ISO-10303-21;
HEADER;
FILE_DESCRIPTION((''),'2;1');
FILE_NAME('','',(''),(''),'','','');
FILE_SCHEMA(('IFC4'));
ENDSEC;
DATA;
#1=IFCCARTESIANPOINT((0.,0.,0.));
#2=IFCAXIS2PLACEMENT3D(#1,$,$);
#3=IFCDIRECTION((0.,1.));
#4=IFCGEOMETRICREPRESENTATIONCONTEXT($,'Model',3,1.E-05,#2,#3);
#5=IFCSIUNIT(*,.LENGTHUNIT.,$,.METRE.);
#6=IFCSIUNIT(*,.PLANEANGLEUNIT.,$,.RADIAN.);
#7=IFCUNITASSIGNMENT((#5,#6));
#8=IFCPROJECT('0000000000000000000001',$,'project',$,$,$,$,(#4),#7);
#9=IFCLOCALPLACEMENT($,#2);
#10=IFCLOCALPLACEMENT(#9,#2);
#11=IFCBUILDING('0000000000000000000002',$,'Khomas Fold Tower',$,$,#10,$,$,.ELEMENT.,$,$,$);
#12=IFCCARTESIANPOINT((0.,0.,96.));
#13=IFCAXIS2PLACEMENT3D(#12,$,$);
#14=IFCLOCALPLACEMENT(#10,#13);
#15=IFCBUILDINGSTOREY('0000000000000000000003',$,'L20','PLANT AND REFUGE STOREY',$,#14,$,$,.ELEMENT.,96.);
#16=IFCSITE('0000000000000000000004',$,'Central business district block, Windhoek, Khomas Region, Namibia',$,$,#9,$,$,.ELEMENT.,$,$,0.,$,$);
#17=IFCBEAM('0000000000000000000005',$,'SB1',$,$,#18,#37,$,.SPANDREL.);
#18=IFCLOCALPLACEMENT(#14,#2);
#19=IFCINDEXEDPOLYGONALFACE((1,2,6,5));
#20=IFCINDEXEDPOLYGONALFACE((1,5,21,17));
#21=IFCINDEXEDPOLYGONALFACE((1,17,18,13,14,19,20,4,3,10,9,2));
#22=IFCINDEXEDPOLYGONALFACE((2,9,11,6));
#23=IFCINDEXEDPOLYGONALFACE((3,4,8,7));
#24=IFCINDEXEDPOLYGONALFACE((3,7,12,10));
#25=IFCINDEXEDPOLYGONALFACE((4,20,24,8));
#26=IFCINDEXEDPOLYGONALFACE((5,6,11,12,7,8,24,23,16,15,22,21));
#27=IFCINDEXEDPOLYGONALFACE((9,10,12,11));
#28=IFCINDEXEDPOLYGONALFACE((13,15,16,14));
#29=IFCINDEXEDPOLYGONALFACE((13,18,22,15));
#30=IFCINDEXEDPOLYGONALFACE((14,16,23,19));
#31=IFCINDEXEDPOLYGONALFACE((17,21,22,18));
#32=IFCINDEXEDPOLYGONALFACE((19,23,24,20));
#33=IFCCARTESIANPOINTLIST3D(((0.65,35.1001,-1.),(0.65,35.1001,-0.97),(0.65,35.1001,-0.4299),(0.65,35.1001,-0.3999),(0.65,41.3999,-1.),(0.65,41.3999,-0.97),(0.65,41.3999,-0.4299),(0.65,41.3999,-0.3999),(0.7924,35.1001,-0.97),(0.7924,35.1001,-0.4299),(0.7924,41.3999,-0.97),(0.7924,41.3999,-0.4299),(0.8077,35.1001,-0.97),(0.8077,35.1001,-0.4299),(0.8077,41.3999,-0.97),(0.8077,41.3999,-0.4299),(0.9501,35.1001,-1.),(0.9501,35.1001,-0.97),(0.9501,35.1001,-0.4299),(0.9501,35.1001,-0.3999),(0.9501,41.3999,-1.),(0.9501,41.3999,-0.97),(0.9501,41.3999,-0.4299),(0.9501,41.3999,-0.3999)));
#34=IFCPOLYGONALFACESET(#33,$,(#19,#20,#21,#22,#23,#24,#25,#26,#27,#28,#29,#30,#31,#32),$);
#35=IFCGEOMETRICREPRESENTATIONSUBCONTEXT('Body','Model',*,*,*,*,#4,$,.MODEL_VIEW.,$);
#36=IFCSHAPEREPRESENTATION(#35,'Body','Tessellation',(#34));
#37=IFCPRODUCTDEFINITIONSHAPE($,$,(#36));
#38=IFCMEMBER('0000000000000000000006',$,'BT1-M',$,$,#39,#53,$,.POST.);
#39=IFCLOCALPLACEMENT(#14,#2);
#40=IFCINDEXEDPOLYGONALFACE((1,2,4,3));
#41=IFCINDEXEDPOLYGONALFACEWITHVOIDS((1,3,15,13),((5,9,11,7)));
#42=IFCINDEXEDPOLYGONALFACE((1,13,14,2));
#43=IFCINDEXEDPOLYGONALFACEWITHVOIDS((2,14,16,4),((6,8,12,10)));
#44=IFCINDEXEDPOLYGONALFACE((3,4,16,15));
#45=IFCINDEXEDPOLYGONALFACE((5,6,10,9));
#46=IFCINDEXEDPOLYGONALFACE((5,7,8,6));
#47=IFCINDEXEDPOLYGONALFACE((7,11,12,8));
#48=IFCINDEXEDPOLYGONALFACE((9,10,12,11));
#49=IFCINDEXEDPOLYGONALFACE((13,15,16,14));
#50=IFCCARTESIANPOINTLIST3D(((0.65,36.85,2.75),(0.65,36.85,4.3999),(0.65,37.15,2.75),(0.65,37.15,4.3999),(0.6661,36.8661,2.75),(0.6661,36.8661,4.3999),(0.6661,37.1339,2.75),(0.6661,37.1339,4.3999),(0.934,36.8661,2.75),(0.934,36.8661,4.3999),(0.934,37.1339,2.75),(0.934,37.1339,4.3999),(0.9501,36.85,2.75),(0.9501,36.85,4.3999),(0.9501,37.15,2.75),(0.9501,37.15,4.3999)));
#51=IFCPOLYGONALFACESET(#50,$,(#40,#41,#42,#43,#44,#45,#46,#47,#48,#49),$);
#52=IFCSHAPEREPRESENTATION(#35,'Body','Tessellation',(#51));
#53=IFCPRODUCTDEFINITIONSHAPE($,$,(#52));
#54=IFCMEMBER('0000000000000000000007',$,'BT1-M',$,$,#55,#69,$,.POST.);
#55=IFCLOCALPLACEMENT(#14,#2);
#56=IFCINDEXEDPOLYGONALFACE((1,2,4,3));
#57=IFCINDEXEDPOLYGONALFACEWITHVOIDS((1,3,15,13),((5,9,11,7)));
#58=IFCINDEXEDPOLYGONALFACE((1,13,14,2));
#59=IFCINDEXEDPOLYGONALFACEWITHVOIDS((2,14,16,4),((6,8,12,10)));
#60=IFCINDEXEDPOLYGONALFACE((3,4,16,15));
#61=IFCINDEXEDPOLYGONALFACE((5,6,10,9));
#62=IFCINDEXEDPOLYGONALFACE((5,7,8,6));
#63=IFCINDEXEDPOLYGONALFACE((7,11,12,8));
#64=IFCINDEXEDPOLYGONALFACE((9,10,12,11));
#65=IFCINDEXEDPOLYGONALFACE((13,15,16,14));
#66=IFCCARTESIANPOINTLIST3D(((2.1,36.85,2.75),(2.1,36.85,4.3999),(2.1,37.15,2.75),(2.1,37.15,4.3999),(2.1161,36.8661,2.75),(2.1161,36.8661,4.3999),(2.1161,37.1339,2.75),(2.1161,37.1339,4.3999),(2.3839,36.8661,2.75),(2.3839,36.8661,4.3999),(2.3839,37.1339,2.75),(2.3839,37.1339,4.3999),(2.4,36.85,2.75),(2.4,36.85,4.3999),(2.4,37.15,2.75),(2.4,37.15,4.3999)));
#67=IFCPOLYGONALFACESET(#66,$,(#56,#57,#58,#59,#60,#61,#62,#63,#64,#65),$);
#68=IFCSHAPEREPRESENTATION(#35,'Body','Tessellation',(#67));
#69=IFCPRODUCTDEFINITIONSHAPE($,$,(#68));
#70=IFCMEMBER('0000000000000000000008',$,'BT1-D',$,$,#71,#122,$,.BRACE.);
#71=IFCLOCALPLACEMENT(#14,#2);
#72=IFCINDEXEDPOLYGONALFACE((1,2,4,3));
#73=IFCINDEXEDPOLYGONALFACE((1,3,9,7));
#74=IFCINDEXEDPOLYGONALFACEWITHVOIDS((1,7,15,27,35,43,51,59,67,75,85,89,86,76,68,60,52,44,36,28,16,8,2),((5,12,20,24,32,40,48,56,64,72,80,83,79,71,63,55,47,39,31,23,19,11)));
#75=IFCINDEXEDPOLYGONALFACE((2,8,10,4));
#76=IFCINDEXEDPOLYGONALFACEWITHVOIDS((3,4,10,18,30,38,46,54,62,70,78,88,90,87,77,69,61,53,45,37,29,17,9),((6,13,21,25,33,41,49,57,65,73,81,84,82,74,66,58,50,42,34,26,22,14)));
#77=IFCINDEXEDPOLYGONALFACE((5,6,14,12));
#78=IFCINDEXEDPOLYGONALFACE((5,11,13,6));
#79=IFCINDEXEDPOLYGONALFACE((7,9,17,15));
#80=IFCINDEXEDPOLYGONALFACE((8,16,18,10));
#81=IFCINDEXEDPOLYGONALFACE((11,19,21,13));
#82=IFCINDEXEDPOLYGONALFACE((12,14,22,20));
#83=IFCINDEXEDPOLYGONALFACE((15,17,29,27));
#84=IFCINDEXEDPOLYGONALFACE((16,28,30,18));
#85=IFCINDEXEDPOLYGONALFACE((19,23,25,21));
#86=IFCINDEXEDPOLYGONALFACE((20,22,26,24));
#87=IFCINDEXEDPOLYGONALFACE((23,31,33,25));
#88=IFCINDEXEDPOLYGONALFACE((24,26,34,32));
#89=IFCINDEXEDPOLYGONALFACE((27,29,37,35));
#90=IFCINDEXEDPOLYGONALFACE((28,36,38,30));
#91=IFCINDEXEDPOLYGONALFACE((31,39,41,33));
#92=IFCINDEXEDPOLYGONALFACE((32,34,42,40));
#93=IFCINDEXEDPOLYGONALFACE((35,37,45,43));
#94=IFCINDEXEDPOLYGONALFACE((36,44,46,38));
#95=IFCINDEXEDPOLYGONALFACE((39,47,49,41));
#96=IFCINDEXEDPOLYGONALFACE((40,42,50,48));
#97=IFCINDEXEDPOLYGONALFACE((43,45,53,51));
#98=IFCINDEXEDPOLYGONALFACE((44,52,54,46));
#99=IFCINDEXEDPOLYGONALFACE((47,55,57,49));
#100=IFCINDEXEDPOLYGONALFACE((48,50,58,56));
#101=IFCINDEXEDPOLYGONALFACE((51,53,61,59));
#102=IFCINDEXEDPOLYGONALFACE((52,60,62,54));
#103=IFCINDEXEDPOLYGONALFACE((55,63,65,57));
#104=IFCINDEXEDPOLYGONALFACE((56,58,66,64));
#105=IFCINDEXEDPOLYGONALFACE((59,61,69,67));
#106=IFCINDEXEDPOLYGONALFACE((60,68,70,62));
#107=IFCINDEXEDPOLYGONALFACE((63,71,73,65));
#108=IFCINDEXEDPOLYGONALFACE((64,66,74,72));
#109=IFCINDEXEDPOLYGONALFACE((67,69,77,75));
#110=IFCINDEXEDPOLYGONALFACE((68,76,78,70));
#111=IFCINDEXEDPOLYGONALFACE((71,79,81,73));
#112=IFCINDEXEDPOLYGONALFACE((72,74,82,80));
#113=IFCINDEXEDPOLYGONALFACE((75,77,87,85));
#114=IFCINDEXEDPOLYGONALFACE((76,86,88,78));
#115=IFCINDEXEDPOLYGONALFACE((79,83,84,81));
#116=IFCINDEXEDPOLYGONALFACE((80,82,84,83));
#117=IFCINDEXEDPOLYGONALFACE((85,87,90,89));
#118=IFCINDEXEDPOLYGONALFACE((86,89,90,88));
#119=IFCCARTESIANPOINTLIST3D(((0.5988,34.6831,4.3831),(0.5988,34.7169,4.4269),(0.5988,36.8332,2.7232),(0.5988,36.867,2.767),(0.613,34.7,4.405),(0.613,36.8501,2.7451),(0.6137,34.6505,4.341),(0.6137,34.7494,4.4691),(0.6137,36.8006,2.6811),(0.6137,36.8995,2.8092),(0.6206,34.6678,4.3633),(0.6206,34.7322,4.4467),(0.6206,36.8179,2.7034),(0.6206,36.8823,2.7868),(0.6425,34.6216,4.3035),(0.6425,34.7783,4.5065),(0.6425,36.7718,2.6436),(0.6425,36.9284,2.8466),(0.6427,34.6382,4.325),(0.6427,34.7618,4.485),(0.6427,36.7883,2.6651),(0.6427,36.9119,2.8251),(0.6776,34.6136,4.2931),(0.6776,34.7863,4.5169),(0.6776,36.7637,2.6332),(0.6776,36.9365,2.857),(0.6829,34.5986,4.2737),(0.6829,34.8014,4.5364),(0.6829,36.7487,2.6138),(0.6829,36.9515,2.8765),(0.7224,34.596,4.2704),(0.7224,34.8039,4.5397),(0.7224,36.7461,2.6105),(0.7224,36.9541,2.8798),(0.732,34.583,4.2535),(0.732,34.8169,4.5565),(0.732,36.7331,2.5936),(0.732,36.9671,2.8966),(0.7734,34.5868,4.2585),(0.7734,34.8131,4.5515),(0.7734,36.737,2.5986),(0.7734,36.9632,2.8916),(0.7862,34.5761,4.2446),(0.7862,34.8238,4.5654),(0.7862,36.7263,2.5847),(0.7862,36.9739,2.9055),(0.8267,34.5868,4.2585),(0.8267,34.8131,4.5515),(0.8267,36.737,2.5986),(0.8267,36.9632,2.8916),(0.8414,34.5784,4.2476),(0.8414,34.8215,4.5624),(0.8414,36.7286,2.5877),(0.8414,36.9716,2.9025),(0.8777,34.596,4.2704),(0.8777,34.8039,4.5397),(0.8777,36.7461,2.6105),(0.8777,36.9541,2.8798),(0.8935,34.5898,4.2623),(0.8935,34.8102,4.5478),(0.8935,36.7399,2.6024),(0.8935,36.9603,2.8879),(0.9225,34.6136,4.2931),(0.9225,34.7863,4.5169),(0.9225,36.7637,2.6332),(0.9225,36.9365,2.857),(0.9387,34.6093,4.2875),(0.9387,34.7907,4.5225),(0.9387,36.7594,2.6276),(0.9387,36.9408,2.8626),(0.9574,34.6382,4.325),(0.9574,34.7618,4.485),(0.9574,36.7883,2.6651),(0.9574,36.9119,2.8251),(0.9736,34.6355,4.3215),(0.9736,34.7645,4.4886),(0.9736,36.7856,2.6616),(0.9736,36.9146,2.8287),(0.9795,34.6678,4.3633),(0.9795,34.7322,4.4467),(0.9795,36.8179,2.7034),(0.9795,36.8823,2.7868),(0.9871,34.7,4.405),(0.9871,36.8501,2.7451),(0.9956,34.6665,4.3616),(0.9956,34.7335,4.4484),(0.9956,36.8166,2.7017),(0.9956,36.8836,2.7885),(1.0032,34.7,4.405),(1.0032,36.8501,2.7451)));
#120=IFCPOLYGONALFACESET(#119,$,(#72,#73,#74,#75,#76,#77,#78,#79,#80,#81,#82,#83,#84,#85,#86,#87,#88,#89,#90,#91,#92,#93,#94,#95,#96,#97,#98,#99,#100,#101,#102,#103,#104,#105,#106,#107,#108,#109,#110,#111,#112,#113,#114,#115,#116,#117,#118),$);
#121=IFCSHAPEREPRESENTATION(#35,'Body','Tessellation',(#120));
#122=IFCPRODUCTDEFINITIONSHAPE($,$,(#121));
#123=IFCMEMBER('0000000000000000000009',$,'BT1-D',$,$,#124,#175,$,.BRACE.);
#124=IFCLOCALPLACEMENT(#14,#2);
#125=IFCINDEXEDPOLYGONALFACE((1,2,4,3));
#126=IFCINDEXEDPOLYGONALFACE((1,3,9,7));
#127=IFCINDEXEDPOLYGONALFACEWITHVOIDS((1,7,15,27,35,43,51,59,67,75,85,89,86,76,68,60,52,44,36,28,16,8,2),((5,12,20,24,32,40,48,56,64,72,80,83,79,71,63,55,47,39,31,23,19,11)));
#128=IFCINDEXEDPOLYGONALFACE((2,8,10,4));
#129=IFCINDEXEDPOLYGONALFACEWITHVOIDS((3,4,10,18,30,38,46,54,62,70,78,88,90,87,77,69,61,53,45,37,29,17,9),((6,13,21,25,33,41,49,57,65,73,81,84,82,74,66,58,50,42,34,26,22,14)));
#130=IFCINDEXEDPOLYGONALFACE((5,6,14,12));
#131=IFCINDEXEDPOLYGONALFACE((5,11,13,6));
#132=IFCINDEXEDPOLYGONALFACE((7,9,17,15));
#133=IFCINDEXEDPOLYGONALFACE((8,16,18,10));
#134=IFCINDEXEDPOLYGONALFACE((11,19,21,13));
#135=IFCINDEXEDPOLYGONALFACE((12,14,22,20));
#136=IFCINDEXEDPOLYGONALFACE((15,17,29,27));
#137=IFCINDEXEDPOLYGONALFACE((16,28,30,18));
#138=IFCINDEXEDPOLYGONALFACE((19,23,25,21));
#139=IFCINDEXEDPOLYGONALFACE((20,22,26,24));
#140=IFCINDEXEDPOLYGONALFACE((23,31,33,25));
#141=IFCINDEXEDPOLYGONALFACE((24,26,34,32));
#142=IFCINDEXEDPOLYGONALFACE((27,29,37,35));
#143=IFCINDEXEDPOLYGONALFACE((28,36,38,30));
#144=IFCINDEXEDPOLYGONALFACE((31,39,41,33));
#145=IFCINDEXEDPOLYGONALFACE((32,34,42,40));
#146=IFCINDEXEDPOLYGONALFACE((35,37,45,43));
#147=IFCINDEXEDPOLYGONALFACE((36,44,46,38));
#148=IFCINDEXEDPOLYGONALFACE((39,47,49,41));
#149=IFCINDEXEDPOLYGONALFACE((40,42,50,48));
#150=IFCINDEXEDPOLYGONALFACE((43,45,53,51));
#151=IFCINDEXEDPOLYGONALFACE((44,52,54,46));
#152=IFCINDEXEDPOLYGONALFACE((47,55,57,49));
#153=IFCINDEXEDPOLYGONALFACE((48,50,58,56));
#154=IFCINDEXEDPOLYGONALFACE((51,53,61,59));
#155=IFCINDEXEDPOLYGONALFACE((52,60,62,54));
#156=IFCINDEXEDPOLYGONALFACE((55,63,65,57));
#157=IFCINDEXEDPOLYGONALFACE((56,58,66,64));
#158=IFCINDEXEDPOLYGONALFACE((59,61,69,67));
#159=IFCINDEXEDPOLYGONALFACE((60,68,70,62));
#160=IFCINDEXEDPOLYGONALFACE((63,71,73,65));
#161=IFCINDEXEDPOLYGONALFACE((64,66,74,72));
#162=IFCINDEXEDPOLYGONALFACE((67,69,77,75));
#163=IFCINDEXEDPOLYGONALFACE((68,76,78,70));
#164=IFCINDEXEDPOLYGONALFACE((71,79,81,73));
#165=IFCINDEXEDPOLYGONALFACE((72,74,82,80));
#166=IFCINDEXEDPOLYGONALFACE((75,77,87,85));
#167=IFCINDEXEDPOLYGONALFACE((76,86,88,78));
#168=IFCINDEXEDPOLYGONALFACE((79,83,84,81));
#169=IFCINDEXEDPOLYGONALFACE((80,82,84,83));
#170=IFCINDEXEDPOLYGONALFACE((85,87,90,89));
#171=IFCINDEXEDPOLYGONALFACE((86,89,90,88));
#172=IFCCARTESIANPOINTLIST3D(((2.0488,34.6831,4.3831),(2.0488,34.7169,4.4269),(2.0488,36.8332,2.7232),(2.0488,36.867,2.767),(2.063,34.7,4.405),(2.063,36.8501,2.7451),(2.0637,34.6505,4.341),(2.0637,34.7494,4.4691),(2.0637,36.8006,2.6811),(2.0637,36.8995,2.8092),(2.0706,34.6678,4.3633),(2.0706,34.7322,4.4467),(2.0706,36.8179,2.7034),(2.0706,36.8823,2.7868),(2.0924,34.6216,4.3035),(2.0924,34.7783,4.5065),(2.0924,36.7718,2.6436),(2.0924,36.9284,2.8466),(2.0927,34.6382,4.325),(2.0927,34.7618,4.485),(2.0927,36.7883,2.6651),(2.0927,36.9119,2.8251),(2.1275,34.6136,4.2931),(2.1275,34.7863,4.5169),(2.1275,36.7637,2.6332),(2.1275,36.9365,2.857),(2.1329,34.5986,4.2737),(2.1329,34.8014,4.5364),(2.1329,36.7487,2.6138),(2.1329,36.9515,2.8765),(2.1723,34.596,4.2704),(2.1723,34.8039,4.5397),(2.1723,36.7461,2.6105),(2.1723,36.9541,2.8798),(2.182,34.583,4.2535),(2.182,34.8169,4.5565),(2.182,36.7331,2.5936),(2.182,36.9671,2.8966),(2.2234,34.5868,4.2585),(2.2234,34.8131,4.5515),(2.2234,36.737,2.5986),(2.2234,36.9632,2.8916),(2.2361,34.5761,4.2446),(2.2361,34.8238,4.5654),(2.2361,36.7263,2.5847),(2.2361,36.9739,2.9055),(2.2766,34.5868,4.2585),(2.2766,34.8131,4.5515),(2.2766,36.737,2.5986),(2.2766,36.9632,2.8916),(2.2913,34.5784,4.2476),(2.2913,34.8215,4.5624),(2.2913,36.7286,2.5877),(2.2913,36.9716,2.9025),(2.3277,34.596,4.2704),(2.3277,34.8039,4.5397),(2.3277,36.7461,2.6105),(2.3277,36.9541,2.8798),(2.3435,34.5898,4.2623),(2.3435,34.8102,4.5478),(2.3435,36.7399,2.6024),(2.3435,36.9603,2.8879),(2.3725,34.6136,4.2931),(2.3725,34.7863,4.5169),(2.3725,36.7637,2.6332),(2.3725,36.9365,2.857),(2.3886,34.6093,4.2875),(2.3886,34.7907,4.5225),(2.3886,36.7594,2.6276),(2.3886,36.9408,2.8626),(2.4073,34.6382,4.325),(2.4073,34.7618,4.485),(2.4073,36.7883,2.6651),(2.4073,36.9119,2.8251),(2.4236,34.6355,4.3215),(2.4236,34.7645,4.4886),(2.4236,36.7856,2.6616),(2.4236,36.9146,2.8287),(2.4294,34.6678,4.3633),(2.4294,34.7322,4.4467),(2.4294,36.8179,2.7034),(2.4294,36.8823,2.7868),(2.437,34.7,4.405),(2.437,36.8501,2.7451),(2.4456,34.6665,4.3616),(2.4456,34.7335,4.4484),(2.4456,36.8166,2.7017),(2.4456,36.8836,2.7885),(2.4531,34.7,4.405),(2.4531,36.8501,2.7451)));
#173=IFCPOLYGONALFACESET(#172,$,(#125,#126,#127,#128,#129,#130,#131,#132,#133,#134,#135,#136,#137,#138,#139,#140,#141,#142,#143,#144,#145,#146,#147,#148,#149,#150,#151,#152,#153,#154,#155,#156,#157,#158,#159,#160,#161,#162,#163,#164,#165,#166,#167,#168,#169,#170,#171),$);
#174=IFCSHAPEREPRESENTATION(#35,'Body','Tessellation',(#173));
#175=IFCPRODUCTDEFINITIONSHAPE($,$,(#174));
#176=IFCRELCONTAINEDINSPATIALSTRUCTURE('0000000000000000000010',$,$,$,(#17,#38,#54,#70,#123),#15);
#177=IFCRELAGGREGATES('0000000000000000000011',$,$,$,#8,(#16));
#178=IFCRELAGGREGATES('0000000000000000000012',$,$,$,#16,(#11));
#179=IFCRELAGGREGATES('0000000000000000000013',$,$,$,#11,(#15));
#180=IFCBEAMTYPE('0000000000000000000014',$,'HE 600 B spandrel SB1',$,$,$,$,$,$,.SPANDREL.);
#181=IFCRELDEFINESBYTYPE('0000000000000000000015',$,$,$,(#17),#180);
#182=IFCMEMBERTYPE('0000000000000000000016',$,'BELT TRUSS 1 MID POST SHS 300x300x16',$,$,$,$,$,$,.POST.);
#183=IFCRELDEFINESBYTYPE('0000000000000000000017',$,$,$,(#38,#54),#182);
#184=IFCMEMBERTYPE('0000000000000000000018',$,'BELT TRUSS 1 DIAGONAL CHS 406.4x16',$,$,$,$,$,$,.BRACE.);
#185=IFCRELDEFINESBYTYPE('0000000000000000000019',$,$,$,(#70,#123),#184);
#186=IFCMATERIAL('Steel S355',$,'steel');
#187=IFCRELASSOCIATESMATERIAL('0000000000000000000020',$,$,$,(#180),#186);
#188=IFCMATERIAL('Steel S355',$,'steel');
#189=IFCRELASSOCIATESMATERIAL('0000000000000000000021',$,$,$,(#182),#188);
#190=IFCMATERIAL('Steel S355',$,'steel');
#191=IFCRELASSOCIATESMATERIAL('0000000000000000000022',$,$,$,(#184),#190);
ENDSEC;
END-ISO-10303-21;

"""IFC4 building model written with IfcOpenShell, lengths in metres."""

from ifc_helpers import new_model, si_unit, direction, frame, origin, origin_2d, place, context, subcontext, project, spatial, hollow_rectangle, hollow_circle, i_section, extrude, source, transform, mapped, material, material_profile, profile_set, type_object, element, save


model = new_model("IFC4")

# Units and contexts
model_context = context("Model", 3, precision=1e-05, world=origin(), true_north=direction((0.0, 1.0)))
body_context = subcontext(model_context, "Body", "Model", "MODEL_VIEW")
ifc_project = project(units=[si_unit("LENGTHUNIT", "METRE"), si_unit("PLANEANGLEUNIT", "RADIAN")], contexts=[model_context])

# Site, building, storey
site_placement = place(None, origin())
site = spatial("IfcSite", under=ifc_project, at=site_placement, Name="Central business district block, Windhoek, Khomas Region, Namibia", CompositionType="ELEMENT", RefElevation=0.0)
building_placement = place(site_placement, origin())
building = spatial("IfcBuilding", under=site, at=building_placement, Name="Khomas Fold Tower", CompositionType="ELEMENT")
storey_placement = place(building_placement, frame((0.0, 0.0, 96.0)))
storey = spatial("IfcBuildingStorey", under=building, at=storey_placement, Name="L20", Description="PLANT AND REFUGE STOREY", CompositionType="ELEMENT", Elevation=96.0)

# Beam
ifc_material_1 = material(Name="Steel S355", Category="steel")
ifc_material_profile_1 = material_profile(ifc_material_1, i_section(OverallWidth=0.3, OverallDepth=0.6001, WebThickness=0.0154, FlangeThickness=0.03, at=origin_2d()), Name="HE 600 B")
ifc_profile_set_1 = profile_set([ifc_material_profile_1], Name="Steel S355")
beam_type = type_object("IfcBeamType", Name="HE 600 B spandrel SB1", PredefinedType="SPANDREL", material=ifc_profile_set_1)
shared_shape_1 = source(origin(), body_context, "Body", "SweptSolid", [
    extrude(i_section(OverallWidth=0.3, OverallDepth=0.6001, WebThickness=0.0154, FlangeThickness=0.03, at=origin_2d()), origin(), (0.0, 0.0, 1.0), 6.2998),
])
beam_placement = place(storey_placement, frame((0.8, 35.1001, -0.7), z_axis=(0.0, 1.0, 0.0), x_axis=(-1.0, 0.0, 0.0)))
element("IfcBeam", 1, at=beam_placement, inside=storey, type_object=beam_type, Name="SB1", PredefinedType="SPANDREL", context=body_context, shape_type="MappedRepresentation", body=[
    mapped(shared_shape_1, transform((0.0, 0.0, 0.0))),
])

# Members
ifc_material_2 = material(Name="Steel S355", Category="steel")
ifc_material_profile_2 = material_profile(ifc_material_2, hollow_rectangle(XDim=0.3, YDim=0.3, WallThickness=0.0161, at=origin_2d()), Name="SHS 300x300x16")
ifc_profile_set_2 = profile_set([ifc_material_profile_2], Name="Steel S355")
member_type_1 = type_object("IfcMemberType", Name="BELT TRUSS 1 MID POST SHS 300x300x16", PredefinedType="POST", material=ifc_profile_set_2)
shared_shape_2 = source(origin(), body_context, "Body", "SweptSolid", [
    extrude(hollow_rectangle(XDim=0.3, YDim=0.3, WallThickness=0.0161, at=origin_2d()), origin(), (0.0, 0.0, 1.0), 1.6499),
])
for number, where, z_axis, x_axis, name in (
    (2, (0.8, 37.0, 2.75), (0.0, 0.0, 1.0), (1.0, 0.0, 0.0), "BT1-M"),
    (3, (2.25, 37.0, 2.75), (0.0, 0.0, 1.0), (1.0, 0.0, 0.0), "BT1-M"),
):
    element("IfcMember", number, at=place(storey_placement, frame(where, z_axis=z_axis, x_axis=x_axis)), inside=storey, type_object=member_type_1, Name=name, PredefinedType="POST", context=body_context, shape_type="MappedRepresentation", body=[
        mapped(shared_shape_2, transform((0.0, 0.0, 0.0))),
    ])
ifc_material_3 = material(Name="Steel S355", Category="steel")
ifc_material_profile_3 = material_profile(ifc_material_3, hollow_circle(Radius=0.2031, WallThickness=0.0161, at=origin_2d()), Name="CHS 406.4x16")
ifc_profile_set_3 = profile_set([ifc_material_profile_3], Name="Steel S355")
member_type_2 = type_object("IfcMemberType", Name="BELT TRUSS 1 DIAGONAL CHS 406.4x16", PredefinedType="BRACE", material=ifc_profile_set_3)
shared_shape_3 = source(origin(), body_context, "Body", "SweptSolid", [
    extrude(hollow_circle(Radius=0.2031, WallThickness=0.0161, at=origin_2d()), origin(), (0.0, 0.0, 1.0), 2.7163),
])
for number, where, z_axis, x_axis, name in (
    (4, (0.8, 36.8501, 2.7451), (0.0, -0.791564, 0.611087), (1.0, 0.0, 0.0), "BT1-D"),
    (5, (2.25, 36.8501, 2.7451), (0.0, -0.791564, 0.611087), (1.0, 0.0, 0.0), "BT1-D"),
):
    element("IfcMember", number, at=place(storey_placement, frame(where, z_axis=z_axis, x_axis=x_axis)), inside=storey, type_object=member_type_2, Name=name, PredefinedType="BRACE", context=body_context, shape_type="MappedRepresentation", body=[
        mapped(shared_shape_3, transform((0.0, 0.0, 0.0))),
    ])

save(model, "model.ifc")
